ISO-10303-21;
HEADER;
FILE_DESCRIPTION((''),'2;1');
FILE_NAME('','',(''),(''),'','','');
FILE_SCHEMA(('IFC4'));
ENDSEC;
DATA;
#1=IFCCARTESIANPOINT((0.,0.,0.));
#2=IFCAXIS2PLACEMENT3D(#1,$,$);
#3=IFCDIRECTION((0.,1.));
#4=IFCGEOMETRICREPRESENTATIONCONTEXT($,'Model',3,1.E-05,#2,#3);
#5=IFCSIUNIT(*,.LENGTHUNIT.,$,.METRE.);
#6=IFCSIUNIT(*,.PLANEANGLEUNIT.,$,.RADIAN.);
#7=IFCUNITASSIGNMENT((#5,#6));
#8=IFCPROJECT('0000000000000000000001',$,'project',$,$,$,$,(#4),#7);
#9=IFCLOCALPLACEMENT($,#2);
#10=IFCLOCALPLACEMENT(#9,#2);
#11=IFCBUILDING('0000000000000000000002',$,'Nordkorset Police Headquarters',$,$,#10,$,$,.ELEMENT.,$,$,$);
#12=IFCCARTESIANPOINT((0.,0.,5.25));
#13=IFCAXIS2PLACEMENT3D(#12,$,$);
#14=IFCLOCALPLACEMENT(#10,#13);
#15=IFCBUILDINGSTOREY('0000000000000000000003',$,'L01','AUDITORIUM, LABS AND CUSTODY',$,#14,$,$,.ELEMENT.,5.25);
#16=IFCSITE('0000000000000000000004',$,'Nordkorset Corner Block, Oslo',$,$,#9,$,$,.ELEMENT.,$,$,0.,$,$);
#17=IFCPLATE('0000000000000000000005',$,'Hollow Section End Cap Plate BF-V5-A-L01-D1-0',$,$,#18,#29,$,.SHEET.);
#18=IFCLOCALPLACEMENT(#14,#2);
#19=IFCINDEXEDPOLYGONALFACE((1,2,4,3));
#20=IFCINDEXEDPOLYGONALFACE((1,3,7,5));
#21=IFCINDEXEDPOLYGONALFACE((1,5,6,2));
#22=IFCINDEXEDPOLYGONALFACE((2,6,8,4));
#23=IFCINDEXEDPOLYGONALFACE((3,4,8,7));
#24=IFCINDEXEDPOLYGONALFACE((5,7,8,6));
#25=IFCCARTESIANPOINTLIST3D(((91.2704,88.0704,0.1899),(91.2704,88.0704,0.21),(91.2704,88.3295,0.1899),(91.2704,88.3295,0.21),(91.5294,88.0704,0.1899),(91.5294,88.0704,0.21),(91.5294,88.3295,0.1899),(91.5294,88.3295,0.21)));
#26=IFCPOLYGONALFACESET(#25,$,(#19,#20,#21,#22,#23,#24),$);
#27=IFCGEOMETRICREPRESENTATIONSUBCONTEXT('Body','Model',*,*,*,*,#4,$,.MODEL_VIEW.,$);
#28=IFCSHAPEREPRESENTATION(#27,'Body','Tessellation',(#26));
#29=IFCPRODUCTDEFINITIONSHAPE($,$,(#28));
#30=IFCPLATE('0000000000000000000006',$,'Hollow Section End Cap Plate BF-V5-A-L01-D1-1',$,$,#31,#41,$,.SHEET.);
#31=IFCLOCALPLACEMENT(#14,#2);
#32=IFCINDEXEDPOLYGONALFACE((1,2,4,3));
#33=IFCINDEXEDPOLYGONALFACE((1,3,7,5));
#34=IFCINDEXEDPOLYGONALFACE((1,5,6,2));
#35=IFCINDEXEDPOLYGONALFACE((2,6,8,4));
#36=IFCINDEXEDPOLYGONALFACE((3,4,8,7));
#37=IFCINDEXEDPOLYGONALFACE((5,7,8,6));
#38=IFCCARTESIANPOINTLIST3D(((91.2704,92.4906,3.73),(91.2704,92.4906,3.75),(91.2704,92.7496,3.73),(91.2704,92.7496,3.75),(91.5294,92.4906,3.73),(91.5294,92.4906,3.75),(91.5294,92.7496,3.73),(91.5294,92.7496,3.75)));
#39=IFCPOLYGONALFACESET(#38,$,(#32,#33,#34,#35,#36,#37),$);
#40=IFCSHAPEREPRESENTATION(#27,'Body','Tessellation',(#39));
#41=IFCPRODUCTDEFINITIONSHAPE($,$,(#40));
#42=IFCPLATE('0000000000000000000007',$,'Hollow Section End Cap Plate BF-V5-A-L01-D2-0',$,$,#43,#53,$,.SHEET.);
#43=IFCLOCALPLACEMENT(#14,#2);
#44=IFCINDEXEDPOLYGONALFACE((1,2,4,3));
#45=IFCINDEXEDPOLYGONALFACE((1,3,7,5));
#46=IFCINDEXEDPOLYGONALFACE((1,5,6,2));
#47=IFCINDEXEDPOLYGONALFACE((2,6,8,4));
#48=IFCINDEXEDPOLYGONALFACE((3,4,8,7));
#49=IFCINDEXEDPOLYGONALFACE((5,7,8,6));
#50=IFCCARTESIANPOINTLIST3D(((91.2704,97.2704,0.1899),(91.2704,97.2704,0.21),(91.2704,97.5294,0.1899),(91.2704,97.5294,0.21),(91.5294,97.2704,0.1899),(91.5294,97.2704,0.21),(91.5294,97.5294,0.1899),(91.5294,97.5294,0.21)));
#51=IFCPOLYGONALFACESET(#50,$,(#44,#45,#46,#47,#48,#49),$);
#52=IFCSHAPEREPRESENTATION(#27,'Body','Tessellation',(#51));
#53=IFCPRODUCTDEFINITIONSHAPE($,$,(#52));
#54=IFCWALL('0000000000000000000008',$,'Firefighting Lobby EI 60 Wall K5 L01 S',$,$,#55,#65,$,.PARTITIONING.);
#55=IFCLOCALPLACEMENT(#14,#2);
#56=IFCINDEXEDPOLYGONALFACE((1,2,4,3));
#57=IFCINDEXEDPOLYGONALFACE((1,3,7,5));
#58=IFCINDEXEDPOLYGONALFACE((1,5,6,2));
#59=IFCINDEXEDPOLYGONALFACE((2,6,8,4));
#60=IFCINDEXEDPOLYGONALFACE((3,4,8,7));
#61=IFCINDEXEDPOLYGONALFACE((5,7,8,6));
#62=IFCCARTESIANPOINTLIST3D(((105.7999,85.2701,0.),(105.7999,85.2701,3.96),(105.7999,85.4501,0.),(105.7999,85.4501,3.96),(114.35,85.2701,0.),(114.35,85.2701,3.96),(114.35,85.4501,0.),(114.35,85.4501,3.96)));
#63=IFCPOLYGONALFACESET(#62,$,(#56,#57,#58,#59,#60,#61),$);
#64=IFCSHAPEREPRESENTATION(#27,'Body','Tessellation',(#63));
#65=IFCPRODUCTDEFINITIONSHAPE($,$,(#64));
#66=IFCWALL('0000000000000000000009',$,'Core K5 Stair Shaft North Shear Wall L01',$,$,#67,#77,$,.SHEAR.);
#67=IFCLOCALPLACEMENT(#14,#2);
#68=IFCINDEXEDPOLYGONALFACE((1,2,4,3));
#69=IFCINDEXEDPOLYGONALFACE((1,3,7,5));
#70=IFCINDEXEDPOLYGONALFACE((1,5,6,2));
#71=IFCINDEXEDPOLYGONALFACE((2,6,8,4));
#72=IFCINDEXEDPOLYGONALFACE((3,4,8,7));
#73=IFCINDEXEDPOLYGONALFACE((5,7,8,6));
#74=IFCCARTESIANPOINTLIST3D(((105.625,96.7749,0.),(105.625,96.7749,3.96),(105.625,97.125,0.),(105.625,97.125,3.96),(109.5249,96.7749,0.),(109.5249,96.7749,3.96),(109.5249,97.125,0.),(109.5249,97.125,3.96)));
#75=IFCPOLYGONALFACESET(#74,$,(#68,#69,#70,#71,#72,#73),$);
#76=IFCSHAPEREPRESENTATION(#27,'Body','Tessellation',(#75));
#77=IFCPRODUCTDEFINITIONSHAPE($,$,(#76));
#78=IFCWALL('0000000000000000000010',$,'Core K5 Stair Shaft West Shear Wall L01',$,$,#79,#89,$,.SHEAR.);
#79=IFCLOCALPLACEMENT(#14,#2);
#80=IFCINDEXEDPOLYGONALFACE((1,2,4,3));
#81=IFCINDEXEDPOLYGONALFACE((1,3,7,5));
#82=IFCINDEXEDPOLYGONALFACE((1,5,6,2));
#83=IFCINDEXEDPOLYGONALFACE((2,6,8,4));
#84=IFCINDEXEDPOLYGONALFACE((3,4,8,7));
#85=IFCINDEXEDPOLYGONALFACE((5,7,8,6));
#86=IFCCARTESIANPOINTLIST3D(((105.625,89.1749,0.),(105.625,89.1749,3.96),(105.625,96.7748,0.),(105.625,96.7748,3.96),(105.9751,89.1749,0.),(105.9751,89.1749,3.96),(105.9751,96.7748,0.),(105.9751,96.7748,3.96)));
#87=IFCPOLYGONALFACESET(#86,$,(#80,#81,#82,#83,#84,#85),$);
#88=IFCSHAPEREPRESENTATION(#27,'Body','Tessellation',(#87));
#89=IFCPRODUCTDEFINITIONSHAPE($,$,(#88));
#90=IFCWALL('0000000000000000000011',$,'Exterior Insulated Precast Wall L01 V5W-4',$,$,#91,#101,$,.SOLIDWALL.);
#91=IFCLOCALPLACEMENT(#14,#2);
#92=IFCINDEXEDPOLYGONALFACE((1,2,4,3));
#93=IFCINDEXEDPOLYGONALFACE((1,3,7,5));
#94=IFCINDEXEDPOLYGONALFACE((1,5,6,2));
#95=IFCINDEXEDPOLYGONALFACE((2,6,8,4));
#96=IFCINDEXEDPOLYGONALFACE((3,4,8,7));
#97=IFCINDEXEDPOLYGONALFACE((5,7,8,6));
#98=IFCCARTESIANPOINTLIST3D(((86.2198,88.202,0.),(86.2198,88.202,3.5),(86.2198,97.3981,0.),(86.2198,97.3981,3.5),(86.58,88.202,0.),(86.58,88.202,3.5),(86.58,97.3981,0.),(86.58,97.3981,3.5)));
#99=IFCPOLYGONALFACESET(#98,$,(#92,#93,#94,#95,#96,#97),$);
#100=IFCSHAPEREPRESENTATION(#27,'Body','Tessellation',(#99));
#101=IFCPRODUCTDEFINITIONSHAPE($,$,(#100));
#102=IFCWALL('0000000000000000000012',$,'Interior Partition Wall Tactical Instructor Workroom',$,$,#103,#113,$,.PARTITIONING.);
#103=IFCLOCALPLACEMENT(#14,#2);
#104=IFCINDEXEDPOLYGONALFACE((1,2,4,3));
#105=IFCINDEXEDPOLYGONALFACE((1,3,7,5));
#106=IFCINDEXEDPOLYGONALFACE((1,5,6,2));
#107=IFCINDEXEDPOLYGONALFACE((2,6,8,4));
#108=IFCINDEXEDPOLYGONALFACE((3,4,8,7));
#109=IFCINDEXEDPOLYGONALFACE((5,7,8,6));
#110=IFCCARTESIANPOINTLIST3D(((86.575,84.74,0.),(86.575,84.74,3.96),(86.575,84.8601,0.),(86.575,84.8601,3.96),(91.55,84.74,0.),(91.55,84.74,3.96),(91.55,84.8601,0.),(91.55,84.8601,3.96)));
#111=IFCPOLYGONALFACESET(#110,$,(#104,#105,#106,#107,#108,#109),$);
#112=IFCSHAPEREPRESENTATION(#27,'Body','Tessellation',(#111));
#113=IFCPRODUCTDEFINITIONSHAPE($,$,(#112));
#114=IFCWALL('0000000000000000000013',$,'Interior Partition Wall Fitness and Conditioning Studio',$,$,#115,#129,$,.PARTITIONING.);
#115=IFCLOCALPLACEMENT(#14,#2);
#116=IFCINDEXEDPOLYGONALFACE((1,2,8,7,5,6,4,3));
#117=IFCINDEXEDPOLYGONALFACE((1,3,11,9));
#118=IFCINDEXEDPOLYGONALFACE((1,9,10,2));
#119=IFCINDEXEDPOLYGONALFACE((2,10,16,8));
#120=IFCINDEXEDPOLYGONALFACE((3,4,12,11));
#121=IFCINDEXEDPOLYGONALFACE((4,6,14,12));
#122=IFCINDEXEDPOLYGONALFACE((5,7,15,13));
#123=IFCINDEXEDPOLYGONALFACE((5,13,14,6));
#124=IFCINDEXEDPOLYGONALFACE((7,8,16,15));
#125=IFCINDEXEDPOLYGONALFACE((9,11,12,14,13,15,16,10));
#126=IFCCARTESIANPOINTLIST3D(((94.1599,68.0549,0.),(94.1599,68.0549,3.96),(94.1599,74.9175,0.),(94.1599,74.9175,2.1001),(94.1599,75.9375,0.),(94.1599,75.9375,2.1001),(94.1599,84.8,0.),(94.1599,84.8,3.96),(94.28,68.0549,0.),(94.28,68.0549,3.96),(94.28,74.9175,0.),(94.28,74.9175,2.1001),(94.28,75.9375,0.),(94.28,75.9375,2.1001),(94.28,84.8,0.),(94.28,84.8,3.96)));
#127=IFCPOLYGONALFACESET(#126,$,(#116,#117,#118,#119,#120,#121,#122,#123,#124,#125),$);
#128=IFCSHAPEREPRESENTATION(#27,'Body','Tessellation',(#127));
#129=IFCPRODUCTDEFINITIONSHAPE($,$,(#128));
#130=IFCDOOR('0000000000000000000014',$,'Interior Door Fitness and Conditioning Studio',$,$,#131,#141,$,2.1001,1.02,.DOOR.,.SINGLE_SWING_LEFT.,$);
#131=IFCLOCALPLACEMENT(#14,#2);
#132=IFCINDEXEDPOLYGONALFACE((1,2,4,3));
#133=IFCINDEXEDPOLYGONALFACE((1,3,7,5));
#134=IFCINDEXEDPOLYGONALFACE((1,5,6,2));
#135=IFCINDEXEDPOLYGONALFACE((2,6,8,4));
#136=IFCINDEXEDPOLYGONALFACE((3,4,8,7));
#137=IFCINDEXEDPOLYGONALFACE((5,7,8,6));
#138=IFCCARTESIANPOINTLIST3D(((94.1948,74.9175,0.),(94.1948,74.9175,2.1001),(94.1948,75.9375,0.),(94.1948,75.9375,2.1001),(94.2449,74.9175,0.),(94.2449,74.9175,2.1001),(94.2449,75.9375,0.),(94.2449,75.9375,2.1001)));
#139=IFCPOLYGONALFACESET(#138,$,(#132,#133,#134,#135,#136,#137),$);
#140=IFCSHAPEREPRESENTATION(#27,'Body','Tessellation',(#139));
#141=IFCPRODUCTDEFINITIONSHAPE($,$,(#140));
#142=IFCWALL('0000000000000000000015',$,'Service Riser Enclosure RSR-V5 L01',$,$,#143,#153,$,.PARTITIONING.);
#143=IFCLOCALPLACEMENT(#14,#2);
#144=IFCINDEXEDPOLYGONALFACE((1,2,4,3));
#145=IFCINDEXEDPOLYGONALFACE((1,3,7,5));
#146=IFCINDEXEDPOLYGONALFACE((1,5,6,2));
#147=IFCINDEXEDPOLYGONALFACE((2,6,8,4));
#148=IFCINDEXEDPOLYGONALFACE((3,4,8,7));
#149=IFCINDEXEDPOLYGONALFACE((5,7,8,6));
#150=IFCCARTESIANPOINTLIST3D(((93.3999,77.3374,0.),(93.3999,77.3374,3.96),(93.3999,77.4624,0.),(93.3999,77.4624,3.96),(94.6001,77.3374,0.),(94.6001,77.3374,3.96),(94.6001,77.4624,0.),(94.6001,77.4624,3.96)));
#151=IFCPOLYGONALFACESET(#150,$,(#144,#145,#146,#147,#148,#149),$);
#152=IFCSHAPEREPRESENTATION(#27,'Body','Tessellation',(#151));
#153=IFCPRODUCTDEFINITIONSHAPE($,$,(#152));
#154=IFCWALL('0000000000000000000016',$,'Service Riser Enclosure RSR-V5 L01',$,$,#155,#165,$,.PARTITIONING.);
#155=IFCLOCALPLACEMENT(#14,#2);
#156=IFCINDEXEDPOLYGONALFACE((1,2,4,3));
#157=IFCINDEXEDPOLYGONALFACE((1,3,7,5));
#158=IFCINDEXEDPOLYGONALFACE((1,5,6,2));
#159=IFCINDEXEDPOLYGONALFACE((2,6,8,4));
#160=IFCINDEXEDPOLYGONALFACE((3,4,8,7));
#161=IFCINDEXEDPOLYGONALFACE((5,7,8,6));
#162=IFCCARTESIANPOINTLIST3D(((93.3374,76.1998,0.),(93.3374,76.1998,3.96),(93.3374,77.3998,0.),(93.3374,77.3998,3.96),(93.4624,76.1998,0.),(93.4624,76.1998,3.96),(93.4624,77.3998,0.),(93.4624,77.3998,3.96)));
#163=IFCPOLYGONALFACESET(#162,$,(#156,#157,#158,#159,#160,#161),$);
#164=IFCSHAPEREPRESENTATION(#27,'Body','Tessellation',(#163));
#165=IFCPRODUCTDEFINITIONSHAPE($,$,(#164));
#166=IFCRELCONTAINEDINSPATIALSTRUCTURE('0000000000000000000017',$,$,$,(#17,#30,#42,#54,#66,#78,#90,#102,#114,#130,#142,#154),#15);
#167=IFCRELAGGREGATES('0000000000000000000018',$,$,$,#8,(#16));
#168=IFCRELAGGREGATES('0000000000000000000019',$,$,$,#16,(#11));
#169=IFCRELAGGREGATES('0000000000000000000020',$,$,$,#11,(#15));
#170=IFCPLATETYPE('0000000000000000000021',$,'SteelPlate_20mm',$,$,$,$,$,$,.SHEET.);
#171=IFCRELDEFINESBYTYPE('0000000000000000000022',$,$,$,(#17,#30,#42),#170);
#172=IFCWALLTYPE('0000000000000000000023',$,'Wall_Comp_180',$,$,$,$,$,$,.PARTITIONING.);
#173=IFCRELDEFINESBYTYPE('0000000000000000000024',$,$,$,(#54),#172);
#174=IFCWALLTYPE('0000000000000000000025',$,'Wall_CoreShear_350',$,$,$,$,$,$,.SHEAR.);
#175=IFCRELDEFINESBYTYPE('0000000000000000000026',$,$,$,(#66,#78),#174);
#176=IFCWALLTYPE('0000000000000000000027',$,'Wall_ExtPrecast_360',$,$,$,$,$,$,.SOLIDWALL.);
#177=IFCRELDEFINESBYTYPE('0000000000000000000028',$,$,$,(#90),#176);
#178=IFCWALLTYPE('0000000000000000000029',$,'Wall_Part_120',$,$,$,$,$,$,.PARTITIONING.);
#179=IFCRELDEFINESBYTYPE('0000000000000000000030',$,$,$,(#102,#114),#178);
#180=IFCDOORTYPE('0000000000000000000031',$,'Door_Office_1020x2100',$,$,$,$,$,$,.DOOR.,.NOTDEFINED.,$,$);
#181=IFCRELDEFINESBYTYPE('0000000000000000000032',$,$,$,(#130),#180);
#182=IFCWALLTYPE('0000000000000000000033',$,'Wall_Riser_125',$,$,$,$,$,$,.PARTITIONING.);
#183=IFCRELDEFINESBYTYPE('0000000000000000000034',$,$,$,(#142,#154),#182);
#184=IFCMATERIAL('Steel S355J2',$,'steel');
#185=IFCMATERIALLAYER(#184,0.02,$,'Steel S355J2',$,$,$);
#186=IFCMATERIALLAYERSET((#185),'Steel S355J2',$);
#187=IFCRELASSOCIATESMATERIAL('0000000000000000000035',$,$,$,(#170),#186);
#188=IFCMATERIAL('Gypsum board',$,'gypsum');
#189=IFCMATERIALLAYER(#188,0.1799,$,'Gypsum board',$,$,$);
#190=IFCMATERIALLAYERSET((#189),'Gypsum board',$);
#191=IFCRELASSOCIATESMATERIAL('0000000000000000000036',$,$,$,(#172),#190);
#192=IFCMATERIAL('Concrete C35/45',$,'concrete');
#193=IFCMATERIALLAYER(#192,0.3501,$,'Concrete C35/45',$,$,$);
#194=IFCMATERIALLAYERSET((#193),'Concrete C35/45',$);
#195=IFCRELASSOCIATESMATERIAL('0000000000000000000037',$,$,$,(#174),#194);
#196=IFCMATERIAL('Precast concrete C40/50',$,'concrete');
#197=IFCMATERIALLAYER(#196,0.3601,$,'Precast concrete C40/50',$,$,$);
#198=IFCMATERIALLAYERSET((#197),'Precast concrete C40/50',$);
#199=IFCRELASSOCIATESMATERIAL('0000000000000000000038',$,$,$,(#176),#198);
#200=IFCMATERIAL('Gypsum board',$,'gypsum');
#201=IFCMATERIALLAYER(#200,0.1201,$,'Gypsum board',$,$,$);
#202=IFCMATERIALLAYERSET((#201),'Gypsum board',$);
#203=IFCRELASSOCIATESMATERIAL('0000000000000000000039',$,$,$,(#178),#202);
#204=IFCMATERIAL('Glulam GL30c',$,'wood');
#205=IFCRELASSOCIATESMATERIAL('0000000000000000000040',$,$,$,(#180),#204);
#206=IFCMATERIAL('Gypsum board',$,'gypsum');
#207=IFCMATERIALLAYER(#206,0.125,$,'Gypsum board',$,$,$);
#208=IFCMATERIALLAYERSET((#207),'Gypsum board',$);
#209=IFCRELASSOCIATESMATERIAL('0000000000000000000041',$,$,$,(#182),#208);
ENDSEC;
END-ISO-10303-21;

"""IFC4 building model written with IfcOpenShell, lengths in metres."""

from ifc_helpers import new_model, si_unit, direction, frame, frame_2d, origin, origin_2d, place, context, subcontext, project, spatial, rectangle, extrude, material, layer, layer_set, type_object, element, fill, save


model = new_model("IFC4")

# Units and contexts
model_context = context("Model", 3, precision=1e-05, world=origin(), true_north=direction((0.0, 1.0)))
body_context = subcontext(model_context, "Body", "Model", "MODEL_VIEW")
ifc_project = project(units=[si_unit("LENGTHUNIT", "METRE"), si_unit("PLANEANGLEUNIT", "RADIAN")], contexts=[model_context])

# Site, building, storey
site_placement = place(None, origin())
site = spatial("IfcSite", under=ifc_project, at=site_placement, Name="Nordkorset Corner Block, Oslo", CompositionType="ELEMENT", RefElevation=0.0)
building_placement = place(site_placement, origin())
building = spatial("IfcBuilding", under=site, at=building_placement, Name="Nordkorset Police Headquarters", CompositionType="ELEMENT")
storey_placement = place(building_placement, frame((0.0, 0.0, 5.25)))
storey = spatial("IfcBuildingStorey", under=building, at=storey_placement, Name="L01", Description="AUDITORIUM, LABS AND CUSTODY", CompositionType="ELEMENT", Elevation=5.25)

# Plates
ifc_material_1 = material(Name="Steel S355J2", Category="steel")
ifc_layer_1 = layer(ifc_material_1, 0.02, Name="Steel S355J2")
ifc_layer_set_1 = layer_set([ifc_layer_1], Name="Steel S355J2")
plate_type = type_object("IfcPlateType", Name="SteelPlate_20mm", PredefinedType="SHEET", material=ifc_layer_set_1)
for number, where, z_axis, x_axis, name in (
    (1, (91.3999, 88.2, 0.1899), (0.0, 0.0, 1.0), (1.0, 0.0, 0.0), "Hollow Section End Cap Plate BF-V5-A-L01-D1-0"),
    (2, (91.3999, 92.6201, 3.73), (0.0, 0.0, 1.0), (1.0, 0.0, 0.0), "Hollow Section End Cap Plate BF-V5-A-L01-D1-1"),
    (3, (91.3999, 97.3999, 0.1899), (0.0, 0.0, 1.0), (1.0, 0.0, 0.0), "Hollow Section End Cap Plate BF-V5-A-L01-D2-0"),
):
    element("IfcPlate", number, at=place(storey_placement, frame(where, z_axis=z_axis, x_axis=x_axis)), inside=storey, type_object=plate_type, Name=name, PredefinedType="SHEET", context=body_context, shape_type="SweptSolid", body=[
        extrude(rectangle(XDim=0.259, YDim=0.259, at=origin_2d()), origin(), (0.0, 0.0, 1.0), 0.02),
    ])

# Wall
ifc_material_2 = material(Name="Gypsum board", Category="gypsum")
ifc_layer_2 = layer(ifc_material_2, 0.1799, Name="Gypsum board")
ifc_layer_set_2 = layer_set([ifc_layer_2], Name="Gypsum board")
wall_type_1 = type_object("IfcWallType", Name="Wall_Comp_180", PredefinedType="PARTITIONING", material=ifc_layer_set_2)
wall_1_placement = place(storey_placement, frame((105.8, 85.3601, 0.0), z_axis=(0.0, 0.0, 1.0), x_axis=(1.0, 0.0, 0.0)))
element("IfcWall", 4, at=wall_1_placement, inside=storey, type_object=wall_type_1, Name="Firefighting Lobby EI 60 Wall K5 L01 S", PredefinedType="PARTITIONING", context=body_context, shape_type="SweptSolid", body=[
    extrude(rectangle(XDim=8.55, YDim=0.1799, at=frame_2d((4.2749, 0.0))), origin(), (0.0, 0.0, 1.0), 3.96),
])

# Shared definitions
ifc_material_3 = material(Name="Concrete C35/45", Category="concrete")
ifc_layer_3 = layer(ifc_material_3, 0.3501, Name="Concrete C35/45")
ifc_layer_set_3 = layer_set([ifc_layer_3], Name="Concrete C35/45")
wall_type_2 = type_object("IfcWallType", Name="Wall_CoreShear_350", PredefinedType="SHEAR", material=ifc_layer_set_3)

# Walls
wall_2_placement = place(storey_placement, frame((105.625, 96.95, 0.0), z_axis=(0.0, 0.0, 1.0), x_axis=(1.0, 0.0, 0.0)))
element("IfcWall", 5, at=wall_2_placement, inside=storey, type_object=wall_type_2, Name="Core K5 Stair Shaft North Shear Wall L01", PredefinedType="SHEAR", context=body_context, shape_type="SweptSolid", body=[
    extrude(rectangle(XDim=3.8999, YDim=0.3501, at=frame_2d((1.95, 0.0))), origin(), (0.0, 0.0, 1.0), 3.96),
])
wall_3_placement = place(storey_placement, frame((105.8, 89.175, 0.0), z_axis=(0.0, 0.0, 1.0), x_axis=(0.0, 1.0, 0.0)))
element("IfcWall", 6, at=wall_3_placement, inside=storey, type_object=wall_type_2, Name="Core K5 Stair Shaft West Shear Wall L01", PredefinedType="SHEAR", context=body_context, shape_type="SweptSolid", body=[
    extrude(rectangle(XDim=7.5999, YDim=0.3501, at=frame_2d((3.7998, 0.0))), origin(), (0.0, 0.0, 1.0), 3.96),
])
ifc_material_4 = material(Name="Precast concrete C40/50", Category="concrete")
ifc_layer_4 = layer(ifc_material_4, 0.3601, Name="Precast concrete C40/50")
ifc_layer_set_4 = layer_set([ifc_layer_4], Name="Precast concrete C40/50")
wall_type_3 = type_object("IfcWallType", Name="Wall_ExtPrecast_360", PredefinedType="SOLIDWALL", material=ifc_layer_set_4)
wall_4_placement = place(storey_placement, frame((86.3999, 88.2019, 0.0), z_axis=(0.0, 0.0, 1.0), x_axis=(0.0, 1.0, 0.0)))
element("IfcWall", 7, at=wall_4_placement, inside=storey, type_object=wall_type_3, Name="Exterior Insulated Precast Wall L01 V5W-4", PredefinedType="SOLIDWALL", context=body_context, shape_type="SweptSolid", body=[
    extrude(rectangle(XDim=9.196, YDim=0.3601, at=frame_2d((4.5981, 0.0))), origin(), (0.0, 0.0, 1.0), 3.5),
])
ifc_material_5 = material(Name="Gypsum board", Category="gypsum")
ifc_layer_5 = layer(ifc_material_5, 0.1201, Name="Gypsum board")
ifc_layer_set_5 = layer_set([ifc_layer_5], Name="Gypsum board")
wall_type_4 = type_object("IfcWallType", Name="Wall_Part_120", PredefinedType="PARTITIONING", material=ifc_layer_set_5)
wall_5_placement = place(storey_placement, frame((91.55, 84.8, 0.0), z_axis=(0.0, 0.0, 1.0), x_axis=(-1.0, 0.0, 0.0)))
element("IfcWall", 8, at=wall_5_placement, inside=storey, type_object=wall_type_4, Name="Interior Partition Wall Tactical Instructor Workroom", PredefinedType="PARTITIONING", context=body_context, shape_type="SweptSolid", body=[
    extrude(rectangle(XDim=4.9751, YDim=0.1201, at=frame_2d((2.4875, 0.0))), origin(), (0.0, 0.0, 1.0), 3.96),
])

# Wall, opening, door
wall_6_placement = place(storey_placement, frame((94.22, 84.8, 0.0), z_axis=(0.0, 0.0, 1.0), x_axis=(0.0, -1.0, 0.0)))
wall_6 = element("IfcWall", 9, at=wall_6_placement, inside=storey, type_object=wall_type_4, Name="Interior Partition Wall Fitness and Conditioning Studio", PredefinedType="PARTITIONING", context=body_context, shape_type="SweptSolid", body=[
    extrude(rectangle(XDim=16.7451, YDim=0.1201, at=frame_2d((8.3726, 0.0))), origin(), (0.0, 0.0, 1.0), 3.96),
])
opening_1_placement = place(wall_6_placement, frame((8.8625, 0.0, 0.0)))
opening_1 = element("IfcOpeningElement", 10, at=opening_1_placement, cuts=wall_6, PredefinedType="OPENING", context=body_context, shape_type="SweptSolid", body=[
    extrude(rectangle(XDim=1.02, YDim=2.1001, at=frame_2d((0.51, 1.05))), frame((0.0, 0.0701, 0.0), z_axis=(0.0, -1.0, 0.0), x_axis=(1.0, 0.0, 0.0)), (0.0, 0.0, 1.0), 0.1401),
])
ifc_material_6 = material(Name="Glulam GL30c", Category="wood")
door_type_1 = type_object("IfcDoorType", Name="Door_Office_1020x2100", OperationType="NOTDEFINED", PredefinedType="DOOR", material=ifc_material_6)
door_1_placement = place(opening_1_placement, origin())
door_1 = element("IfcDoor", 11, at=door_1_placement, inside=storey, type_object=door_type_1, Name="Interior Door Fitness and Conditioning Studio", OperationType="SINGLE_SWING_LEFT", OverallHeight=2.1001, OverallWidth=1.02, PredefinedType="DOOR", context=body_context, shape_type="SweptSolid", body=[
    extrude(rectangle(XDim=1.02, YDim=2.1001, at=frame_2d((0.51, 1.05))), frame((0.0, 0.0249, 0.0), z_axis=(0.0, -1.0, 0.0), x_axis=(1.0, 0.0, 0.0)), (0.0, 0.0, 1.0), 0.05),
])
fill(opening_1, door_1)

# Walls
ifc_material_7 = material(Name="Gypsum board", Category="gypsum")
ifc_layer_6 = layer(ifc_material_7, 0.125, Name="Gypsum board")
ifc_layer_set_6 = layer_set([ifc_layer_6], Name="Gypsum board")
wall_type_5 = type_object("IfcWallType", Name="Wall_Riser_125", PredefinedType="PARTITIONING", material=ifc_layer_set_6)
wall_7_placement = place(storey_placement, frame((94.6001, 77.3999, 0.0), z_axis=(0.0, 0.0, 1.0), x_axis=(-1.0, 0.0, 0.0)))
element("IfcWall", 12, at=wall_7_placement, inside=storey, type_object=wall_type_5, Name="Service Riser Enclosure RSR-V5 L01", PredefinedType="PARTITIONING", context=body_context, shape_type="SweptSolid", body=[
    extrude(rectangle(XDim=1.2002, YDim=0.125, at=frame_2d((0.6001, 0.0))), origin(), (0.0, 0.0, 1.0), 3.96),
])
wall_8_placement = place(storey_placement, frame((93.3999, 77.3999, 0.0), z_axis=(0.0, 0.0, 1.0), x_axis=(0.0, -1.0, 0.0)))
element("IfcWall", 13, at=wall_8_placement, inside=storey, type_object=wall_type_5, Name="Service Riser Enclosure RSR-V5 L01", PredefinedType="PARTITIONING", context=body_context, shape_type="SweptSolid", body=[
    extrude(rectangle(XDim=1.2, YDim=0.125, at=frame_2d((0.6001, 0.0))), origin(), (0.0, 0.0, 1.0), 3.96),
])

save(model, "model.ifc")
